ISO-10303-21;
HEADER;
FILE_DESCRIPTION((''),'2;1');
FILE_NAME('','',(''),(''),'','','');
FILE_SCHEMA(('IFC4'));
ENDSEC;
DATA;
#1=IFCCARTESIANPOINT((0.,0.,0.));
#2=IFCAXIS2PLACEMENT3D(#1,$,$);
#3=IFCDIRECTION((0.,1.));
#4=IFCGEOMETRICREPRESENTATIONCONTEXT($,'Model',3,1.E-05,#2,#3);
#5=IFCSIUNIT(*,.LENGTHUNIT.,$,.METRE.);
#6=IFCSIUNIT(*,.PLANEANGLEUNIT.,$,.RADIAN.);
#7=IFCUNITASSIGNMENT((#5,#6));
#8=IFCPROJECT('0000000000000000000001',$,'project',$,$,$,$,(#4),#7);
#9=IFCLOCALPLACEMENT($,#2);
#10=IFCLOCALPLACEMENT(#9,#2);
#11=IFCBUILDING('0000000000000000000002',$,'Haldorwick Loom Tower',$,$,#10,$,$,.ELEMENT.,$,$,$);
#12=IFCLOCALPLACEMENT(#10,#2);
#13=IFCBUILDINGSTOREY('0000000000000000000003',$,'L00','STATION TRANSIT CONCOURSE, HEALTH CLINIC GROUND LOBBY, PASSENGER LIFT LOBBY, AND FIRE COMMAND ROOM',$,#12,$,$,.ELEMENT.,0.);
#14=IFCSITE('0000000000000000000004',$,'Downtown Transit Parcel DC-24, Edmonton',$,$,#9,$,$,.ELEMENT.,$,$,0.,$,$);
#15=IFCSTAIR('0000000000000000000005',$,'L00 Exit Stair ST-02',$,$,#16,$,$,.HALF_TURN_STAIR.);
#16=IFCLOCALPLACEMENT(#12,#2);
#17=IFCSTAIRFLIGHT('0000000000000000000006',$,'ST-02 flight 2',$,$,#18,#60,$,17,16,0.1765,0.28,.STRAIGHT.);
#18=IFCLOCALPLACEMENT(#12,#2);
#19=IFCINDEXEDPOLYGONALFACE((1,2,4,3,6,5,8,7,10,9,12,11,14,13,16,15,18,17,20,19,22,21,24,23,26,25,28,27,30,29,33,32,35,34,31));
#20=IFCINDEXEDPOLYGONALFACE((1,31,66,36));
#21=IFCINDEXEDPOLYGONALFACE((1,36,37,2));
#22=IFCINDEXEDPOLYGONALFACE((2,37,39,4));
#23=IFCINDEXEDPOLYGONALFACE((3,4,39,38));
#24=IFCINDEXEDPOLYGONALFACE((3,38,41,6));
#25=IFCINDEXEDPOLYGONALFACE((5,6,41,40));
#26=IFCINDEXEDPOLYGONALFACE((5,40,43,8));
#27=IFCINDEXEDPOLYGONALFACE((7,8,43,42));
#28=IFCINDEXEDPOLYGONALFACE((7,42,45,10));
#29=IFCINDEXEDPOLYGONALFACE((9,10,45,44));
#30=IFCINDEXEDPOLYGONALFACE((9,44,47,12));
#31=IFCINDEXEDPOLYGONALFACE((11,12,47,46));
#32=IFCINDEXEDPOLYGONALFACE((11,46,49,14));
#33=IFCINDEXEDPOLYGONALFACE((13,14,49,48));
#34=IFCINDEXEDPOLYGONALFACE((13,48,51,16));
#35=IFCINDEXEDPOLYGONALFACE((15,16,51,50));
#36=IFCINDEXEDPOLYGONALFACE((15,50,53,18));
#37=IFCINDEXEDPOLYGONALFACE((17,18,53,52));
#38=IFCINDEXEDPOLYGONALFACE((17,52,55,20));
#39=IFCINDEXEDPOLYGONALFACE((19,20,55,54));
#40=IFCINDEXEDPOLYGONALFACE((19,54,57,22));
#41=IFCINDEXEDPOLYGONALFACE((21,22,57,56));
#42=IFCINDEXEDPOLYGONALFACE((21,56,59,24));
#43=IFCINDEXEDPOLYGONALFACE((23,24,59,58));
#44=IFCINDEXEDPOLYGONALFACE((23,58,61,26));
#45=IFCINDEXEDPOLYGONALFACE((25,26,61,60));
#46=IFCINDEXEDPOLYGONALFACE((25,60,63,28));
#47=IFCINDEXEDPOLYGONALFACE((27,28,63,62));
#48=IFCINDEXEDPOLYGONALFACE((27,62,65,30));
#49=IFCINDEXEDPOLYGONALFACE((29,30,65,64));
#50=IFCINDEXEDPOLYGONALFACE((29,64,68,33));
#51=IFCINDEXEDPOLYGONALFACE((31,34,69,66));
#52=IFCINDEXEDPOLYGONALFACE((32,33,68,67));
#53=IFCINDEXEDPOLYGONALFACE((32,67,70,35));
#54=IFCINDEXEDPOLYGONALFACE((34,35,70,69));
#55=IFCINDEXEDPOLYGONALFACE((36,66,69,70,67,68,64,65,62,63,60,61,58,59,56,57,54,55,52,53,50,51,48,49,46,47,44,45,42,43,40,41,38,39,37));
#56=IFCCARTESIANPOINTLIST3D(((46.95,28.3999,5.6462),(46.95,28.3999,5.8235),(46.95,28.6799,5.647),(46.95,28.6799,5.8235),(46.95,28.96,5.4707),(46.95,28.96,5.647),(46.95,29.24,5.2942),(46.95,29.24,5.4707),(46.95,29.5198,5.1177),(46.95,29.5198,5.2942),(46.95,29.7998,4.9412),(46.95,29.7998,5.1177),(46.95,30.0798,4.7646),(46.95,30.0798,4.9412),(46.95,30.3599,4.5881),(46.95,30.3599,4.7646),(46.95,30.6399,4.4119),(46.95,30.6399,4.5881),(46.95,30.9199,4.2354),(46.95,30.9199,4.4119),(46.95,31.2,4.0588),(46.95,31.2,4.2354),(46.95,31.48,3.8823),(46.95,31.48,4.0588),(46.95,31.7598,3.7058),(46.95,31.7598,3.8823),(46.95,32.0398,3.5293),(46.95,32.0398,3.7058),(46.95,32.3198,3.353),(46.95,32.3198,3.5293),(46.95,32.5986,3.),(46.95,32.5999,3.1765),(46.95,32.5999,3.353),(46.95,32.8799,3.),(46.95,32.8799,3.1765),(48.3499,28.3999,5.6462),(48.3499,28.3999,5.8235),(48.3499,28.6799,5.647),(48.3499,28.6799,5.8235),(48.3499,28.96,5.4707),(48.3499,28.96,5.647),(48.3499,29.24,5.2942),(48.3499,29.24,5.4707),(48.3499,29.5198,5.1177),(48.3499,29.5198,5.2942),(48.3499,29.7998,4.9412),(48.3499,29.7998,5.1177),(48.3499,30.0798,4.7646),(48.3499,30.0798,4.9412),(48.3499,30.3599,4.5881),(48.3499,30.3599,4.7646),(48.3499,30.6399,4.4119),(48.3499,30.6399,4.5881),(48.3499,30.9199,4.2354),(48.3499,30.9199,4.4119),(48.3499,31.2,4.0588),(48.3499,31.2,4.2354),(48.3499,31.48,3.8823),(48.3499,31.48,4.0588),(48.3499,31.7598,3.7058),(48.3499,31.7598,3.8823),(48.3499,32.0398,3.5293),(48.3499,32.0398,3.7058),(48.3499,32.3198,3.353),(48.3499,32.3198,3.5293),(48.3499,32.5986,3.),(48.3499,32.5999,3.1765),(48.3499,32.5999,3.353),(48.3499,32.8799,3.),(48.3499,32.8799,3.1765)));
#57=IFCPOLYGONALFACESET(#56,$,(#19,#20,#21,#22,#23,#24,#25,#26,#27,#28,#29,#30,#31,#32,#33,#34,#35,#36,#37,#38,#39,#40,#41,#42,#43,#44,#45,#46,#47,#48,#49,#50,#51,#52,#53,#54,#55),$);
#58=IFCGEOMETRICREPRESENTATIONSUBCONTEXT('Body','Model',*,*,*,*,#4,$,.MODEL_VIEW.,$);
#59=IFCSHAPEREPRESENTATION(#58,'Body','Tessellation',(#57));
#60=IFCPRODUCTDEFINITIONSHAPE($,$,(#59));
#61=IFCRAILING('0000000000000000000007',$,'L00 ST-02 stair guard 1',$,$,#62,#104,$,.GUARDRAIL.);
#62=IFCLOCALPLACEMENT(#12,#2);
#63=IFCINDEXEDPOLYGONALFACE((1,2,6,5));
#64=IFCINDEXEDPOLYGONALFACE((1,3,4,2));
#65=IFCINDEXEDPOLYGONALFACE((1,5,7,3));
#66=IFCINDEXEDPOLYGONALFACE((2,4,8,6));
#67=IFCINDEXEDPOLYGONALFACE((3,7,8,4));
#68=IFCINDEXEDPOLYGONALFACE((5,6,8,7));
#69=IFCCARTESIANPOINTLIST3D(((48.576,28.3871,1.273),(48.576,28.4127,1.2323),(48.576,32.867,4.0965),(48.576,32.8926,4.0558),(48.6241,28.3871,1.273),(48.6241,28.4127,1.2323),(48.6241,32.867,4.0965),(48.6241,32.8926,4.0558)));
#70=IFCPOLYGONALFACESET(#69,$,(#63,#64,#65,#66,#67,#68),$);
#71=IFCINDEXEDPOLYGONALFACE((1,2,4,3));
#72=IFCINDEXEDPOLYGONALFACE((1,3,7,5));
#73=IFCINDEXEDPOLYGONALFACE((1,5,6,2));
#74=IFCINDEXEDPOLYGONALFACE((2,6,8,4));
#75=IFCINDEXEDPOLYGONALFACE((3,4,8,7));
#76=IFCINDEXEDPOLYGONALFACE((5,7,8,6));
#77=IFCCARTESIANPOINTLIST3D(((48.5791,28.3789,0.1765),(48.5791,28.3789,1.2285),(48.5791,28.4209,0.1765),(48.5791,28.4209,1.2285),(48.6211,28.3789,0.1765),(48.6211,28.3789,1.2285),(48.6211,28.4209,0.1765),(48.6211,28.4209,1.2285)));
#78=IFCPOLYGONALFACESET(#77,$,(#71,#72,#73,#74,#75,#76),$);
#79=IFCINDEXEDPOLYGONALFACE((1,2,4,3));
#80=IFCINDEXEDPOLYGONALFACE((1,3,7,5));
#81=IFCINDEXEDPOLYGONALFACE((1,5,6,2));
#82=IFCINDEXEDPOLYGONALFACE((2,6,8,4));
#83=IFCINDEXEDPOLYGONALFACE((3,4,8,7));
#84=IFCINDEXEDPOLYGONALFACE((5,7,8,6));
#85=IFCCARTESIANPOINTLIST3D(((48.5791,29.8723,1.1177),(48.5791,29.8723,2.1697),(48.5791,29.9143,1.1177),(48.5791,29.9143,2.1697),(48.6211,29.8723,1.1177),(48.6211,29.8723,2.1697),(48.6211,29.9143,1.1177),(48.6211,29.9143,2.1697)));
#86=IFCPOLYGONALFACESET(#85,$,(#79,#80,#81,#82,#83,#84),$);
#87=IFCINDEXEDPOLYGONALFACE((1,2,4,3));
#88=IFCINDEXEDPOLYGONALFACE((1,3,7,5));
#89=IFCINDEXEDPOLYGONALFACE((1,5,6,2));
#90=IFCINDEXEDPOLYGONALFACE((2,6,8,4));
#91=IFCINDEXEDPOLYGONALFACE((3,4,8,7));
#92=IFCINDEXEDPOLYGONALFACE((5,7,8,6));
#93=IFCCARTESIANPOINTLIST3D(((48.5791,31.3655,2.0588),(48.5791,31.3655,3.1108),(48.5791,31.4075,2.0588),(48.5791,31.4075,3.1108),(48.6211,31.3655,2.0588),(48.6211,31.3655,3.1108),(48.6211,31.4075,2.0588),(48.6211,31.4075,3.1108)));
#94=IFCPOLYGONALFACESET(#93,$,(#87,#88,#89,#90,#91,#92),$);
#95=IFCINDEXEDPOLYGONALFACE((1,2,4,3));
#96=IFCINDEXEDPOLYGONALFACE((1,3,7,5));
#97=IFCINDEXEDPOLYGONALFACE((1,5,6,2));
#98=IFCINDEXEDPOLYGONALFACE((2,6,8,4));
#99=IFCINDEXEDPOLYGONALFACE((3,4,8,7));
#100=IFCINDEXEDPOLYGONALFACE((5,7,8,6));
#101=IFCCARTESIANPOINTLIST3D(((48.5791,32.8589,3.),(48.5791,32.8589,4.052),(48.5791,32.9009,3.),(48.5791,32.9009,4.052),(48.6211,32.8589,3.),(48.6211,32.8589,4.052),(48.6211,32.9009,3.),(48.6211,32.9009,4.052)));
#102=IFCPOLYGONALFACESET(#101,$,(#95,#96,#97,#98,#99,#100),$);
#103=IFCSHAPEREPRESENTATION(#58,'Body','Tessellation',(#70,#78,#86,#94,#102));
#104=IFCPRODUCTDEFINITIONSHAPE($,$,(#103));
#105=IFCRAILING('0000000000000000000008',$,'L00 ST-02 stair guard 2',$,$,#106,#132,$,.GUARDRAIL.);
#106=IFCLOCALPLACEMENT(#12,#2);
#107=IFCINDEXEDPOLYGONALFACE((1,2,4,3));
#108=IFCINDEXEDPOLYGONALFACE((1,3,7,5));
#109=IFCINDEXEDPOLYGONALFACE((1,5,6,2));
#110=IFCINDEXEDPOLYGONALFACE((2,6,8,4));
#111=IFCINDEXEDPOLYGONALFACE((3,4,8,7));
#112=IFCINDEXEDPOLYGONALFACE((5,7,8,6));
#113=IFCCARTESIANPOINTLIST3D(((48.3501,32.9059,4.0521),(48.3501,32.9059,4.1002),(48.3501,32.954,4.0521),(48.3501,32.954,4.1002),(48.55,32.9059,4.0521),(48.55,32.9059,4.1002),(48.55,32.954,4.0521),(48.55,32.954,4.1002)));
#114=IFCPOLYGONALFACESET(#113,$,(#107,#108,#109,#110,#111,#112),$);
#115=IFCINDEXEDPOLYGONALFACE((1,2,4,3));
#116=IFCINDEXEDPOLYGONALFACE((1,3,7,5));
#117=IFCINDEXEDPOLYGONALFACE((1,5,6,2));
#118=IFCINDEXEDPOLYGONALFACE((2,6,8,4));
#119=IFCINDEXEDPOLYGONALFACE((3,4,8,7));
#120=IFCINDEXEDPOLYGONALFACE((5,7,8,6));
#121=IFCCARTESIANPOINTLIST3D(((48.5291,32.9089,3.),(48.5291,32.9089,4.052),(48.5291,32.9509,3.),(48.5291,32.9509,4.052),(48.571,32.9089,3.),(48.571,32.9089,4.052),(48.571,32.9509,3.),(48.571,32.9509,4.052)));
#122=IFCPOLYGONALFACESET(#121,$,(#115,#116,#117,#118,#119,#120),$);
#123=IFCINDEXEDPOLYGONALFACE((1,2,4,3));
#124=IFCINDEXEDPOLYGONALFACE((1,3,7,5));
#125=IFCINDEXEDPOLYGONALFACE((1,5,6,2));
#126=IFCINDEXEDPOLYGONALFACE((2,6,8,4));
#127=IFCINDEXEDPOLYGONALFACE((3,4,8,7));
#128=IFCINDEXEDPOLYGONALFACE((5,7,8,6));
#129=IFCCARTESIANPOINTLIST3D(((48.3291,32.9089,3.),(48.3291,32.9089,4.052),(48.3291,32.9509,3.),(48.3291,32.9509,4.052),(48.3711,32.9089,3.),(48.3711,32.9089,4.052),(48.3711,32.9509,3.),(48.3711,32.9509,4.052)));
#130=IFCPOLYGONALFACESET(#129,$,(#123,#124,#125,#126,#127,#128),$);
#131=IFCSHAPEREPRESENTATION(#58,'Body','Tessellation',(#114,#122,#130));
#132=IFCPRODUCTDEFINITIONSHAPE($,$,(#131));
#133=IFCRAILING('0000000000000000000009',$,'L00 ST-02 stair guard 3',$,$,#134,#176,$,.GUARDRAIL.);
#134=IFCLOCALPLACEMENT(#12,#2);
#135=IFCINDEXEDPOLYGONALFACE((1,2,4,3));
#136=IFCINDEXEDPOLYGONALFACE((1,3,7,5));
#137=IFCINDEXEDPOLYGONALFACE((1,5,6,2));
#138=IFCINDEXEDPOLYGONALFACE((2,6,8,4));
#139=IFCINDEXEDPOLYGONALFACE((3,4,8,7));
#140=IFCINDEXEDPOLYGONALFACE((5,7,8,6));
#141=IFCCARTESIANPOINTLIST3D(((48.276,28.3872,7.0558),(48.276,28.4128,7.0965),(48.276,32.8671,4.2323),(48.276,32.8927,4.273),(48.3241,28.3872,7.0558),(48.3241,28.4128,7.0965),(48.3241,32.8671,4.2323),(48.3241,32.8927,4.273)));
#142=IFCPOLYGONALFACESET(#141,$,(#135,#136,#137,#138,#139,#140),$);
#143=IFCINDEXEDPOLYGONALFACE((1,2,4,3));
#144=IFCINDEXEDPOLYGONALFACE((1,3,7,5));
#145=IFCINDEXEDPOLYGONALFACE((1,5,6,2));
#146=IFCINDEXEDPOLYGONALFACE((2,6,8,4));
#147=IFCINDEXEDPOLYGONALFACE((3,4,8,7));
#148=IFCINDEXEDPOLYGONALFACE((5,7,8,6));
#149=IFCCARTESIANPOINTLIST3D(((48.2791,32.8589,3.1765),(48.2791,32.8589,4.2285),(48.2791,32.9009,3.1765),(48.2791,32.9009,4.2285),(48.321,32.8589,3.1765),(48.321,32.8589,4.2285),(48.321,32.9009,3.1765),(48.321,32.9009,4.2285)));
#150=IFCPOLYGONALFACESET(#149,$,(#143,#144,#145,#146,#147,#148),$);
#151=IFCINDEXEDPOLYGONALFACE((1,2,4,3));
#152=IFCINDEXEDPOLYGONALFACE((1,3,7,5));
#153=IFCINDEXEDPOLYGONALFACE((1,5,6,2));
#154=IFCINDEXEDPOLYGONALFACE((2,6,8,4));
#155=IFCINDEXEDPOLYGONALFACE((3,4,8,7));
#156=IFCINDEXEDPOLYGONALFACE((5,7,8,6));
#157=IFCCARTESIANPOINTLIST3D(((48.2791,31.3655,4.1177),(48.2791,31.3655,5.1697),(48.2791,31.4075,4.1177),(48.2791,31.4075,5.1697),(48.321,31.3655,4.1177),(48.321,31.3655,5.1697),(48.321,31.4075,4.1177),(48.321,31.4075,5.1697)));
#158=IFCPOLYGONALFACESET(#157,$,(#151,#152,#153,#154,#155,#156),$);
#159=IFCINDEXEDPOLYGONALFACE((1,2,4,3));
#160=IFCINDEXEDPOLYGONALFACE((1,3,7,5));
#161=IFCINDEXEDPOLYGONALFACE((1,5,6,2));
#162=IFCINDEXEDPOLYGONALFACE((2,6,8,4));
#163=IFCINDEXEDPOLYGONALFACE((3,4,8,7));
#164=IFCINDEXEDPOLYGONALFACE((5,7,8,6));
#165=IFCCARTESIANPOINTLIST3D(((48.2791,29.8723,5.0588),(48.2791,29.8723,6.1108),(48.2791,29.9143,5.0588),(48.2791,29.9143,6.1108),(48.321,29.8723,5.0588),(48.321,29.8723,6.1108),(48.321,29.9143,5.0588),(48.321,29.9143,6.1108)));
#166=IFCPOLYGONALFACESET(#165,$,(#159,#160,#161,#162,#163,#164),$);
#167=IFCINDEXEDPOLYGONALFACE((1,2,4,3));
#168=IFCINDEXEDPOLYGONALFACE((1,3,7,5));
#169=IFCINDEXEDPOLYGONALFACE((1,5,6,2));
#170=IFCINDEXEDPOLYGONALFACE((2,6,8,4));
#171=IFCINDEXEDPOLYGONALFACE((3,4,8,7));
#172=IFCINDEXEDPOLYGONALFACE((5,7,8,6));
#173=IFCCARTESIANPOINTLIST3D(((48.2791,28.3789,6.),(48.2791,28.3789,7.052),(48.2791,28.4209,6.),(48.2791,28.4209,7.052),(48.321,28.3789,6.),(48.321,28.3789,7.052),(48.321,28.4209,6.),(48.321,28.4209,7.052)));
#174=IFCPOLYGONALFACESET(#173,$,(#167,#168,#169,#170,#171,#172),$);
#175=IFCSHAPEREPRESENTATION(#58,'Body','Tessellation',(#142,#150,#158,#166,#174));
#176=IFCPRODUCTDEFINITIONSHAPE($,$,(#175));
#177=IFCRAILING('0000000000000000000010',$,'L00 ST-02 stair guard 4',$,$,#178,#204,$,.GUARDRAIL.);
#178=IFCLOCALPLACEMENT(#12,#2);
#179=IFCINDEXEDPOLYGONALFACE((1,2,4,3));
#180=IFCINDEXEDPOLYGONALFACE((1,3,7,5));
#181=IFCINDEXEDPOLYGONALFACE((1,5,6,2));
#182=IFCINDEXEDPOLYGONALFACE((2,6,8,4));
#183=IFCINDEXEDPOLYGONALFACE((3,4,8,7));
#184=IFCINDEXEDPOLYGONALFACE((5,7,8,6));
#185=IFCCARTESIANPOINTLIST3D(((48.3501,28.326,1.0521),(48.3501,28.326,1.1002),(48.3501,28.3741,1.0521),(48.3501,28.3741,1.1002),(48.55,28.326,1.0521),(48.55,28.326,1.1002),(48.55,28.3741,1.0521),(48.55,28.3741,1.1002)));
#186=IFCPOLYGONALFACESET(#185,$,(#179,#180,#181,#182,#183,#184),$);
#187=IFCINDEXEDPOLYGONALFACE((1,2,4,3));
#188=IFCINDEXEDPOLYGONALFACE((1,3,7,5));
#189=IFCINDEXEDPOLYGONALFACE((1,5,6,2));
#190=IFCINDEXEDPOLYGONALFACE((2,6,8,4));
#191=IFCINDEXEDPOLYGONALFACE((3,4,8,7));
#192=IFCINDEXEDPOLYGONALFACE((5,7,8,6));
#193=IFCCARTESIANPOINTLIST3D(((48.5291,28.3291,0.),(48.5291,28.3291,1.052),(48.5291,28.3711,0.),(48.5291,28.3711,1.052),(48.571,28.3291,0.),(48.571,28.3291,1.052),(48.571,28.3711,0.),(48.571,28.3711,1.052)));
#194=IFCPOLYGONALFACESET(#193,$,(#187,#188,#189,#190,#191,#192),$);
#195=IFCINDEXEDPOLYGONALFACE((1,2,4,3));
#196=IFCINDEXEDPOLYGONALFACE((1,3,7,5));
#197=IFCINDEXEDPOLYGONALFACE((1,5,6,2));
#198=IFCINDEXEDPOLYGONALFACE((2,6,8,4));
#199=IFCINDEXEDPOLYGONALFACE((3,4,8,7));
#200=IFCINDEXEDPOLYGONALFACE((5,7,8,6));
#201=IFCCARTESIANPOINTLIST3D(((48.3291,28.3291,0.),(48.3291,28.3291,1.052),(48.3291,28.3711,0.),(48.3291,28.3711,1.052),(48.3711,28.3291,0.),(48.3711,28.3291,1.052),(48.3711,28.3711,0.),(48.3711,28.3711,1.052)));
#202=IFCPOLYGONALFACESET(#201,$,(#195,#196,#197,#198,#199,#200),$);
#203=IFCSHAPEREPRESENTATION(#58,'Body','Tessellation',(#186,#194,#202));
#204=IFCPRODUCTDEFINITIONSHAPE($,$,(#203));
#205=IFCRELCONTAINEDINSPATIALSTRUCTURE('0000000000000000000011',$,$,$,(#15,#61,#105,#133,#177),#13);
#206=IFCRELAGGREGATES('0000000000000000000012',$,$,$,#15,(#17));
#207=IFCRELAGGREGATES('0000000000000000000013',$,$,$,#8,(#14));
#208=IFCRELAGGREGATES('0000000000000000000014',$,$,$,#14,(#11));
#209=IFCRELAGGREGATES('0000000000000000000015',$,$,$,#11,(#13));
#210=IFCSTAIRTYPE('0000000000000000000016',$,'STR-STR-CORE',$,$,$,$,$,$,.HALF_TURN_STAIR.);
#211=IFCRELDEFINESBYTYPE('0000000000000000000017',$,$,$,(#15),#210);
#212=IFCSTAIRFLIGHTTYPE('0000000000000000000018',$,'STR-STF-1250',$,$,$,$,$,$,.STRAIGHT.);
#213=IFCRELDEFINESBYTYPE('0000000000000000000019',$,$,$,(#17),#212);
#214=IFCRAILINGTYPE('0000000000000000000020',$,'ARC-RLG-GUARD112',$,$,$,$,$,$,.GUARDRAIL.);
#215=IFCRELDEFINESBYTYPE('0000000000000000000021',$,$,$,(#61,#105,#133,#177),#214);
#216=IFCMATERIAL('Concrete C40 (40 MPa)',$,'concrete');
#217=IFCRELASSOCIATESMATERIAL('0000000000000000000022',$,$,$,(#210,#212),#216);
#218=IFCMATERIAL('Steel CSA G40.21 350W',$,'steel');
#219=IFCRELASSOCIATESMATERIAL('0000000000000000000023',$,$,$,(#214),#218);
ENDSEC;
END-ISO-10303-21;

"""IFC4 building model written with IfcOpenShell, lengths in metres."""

from ifc_helpers import new_model, si_unit, direction, frame, origin, origin_2d, place, context, subcontext, project, spatial, polyline, rectangle, outline, extrude, material, type_object, element, aggregate, save


model = new_model("IFC4")

# Units and contexts
model_context = context("Model", 3, precision=1e-05, world=origin(), true_north=direction((0.0, 1.0)))
body_context = subcontext(model_context, "Body", "Model", "MODEL_VIEW")
ifc_project = project(units=[si_unit("LENGTHUNIT", "METRE"), si_unit("PLANEANGLEUNIT", "RADIAN")], contexts=[model_context])

# Site, building, storey
site_placement = place(None, origin())
site = spatial("IfcSite", under=ifc_project, at=site_placement, Name="Downtown Transit Parcel DC-24, Edmonton", CompositionType="ELEMENT", RefElevation=0.0)
building_placement = place(site_placement, origin())
building = spatial("IfcBuilding", under=site, at=building_placement, Name="Haldorwick Loom Tower", CompositionType="ELEMENT")
storey_placement = place(building_placement, origin())
storey = spatial("IfcBuildingStorey", under=building, at=storey_placement, Name="L00", Description="STATION TRANSIT CONCOURSE, HEALTH CLINIC GROUND LOBBY, PASSENGER LIFT LOBBY, AND FIRE COMMAND ROOM", CompositionType="ELEMENT", Elevation=0.0)

# Shared definitions
ifc_material_1 = material(Name="Steel CSA G40.21 350W", Category="steel")

# Stair, stair flight
ifc_material_2 = material(Name="Concrete C40 (40 MPa)", Category="concrete")
stair_type = type_object("IfcStairType", Name="STR-STR-CORE", PredefinedType="HALF_TURN_STAIR", material=ifc_material_2)
stair_placement = place(storey_placement, origin())
stair = element("IfcStair", 1, at=stair_placement, inside=storey, type_object=stair_type, Name="L00 Exit Stair ST-02", PredefinedType="HALF_TURN_STAIR")
stair_flight_type = type_object("IfcStairFlightType", Name="STR-STF-1250", PredefinedType="STRAIGHT", material=ifc_material_2)
stair_flight_1_placement = place(storey_placement, frame((47.6499, 32.8799, 3.0), z_axis=(0.0, 0.0, 1.0), x_axis=(0.0, -1.0, 0.0)))
stair_flight_1 = element("IfcStairFlight", 2, at=stair_flight_1_placement, type_object=stair_flight_type, Name="ST-02 flight 2", NumberOfRisers=17, NumberOfTreads=16, PredefinedType="STRAIGHT", RiserHeight=0.1765, TreadLength=0.28, context=body_context, shape_type="SweptSolid", body=[
    extrude(outline(polyline([(0.0, 0.0), (0.0, 0.1765), (0.28, 0.1765), (0.28, 0.353), (0.5601, 0.353), (0.5601, 0.5293), (0.8401, 0.5293), (0.8401, 0.7058), (1.1201, 0.7058), (1.1201, 0.8823), (1.3999, 0.8823), (1.3999, 1.0588), (1.6799, 1.0588), (1.6799, 1.2354), (1.96, 1.2354), (1.96, 1.4119), (2.24, 1.4119), (2.24, 1.5881), (2.52, 1.5881), (2.52, 1.7646), (2.8, 1.7646), (2.8, 1.9412), (3.0801, 1.9412), (3.0801, 2.1177), (3.3601, 2.1177), (3.3601, 2.2942), (3.6399, 2.2942), (3.6399, 2.4707), (3.9199, 2.4707), (3.9199, 2.647), (4.2, 2.647), (4.2, 2.8235), (4.48, 2.8235), (4.48, 3.0), (4.48, 2.6462), (0.2812, 0.0), (0.0, 0.0)])), frame((0.0, 0.7, 0.0), z_axis=(0.0, -1.0, 0.0), x_axis=(1.0, 0.0, 0.0)), (0.0, 0.0, 1.0), 1.3999),
])
aggregate(stair, [stair_flight_1])

# Railings
railing_type_1 = type_object("IfcRailingType", Name="ARC-RLG-GUARD112", PredefinedType="GUARDRAIL", material=ifc_material_1)
railing_1_placement = place(storey_placement, frame((48.6001, 28.3999, 0.1765)))
element("IfcRailing", 3, at=railing_1_placement, inside=storey, type_object=railing_type_1, Name="L00 ST-02 stair guard 1", PredefinedType="GUARDRAIL", context=body_context, shape_type="SweptSolid", body=[
    extrude(rectangle(XDim=0.0481, YDim=0.0481, at=origin_2d()), frame((0.0, 0.0, 1.0762), z_axis=(0.0, 0.845998, 0.533186), x_axis=(-1.0, 0.0, 0.0)), (0.0, 0.0, 1.0), 5.2954),
    extrude(rectangle(XDim=0.042, YDim=0.042, at=origin_2d()), origin(), (0.0, 0.0, 1.0), 1.052),
    extrude(rectangle(XDim=0.042, YDim=0.042, at=origin_2d()), frame((0.0, 1.4934, 0.9412)), (0.0, 0.0, 1.0), 1.052),
    extrude(rectangle(XDim=0.042, YDim=0.042, at=origin_2d()), frame((0.0, 2.9866, 1.8823)), (0.0, 0.0, 1.0), 1.052),
    extrude(rectangle(XDim=0.042, YDim=0.042, at=origin_2d()), frame((0.0, 4.48, 2.8235)), (0.0, 0.0, 1.0), 1.052),
])
railing_2_placement = place(storey_placement, frame((48.55, 32.9299, 3.0)))
element("IfcRailing", 4, at=railing_2_placement, inside=storey, type_object=railing_type_1, Name="L00 ST-02 stair guard 2", PredefinedType="GUARDRAIL", context=body_context, shape_type="SweptSolid", body=[
    extrude(rectangle(XDim=0.0481, YDim=0.0481, at=origin_2d()), frame((0.0, 0.0, 1.0762), z_axis=(-1.0, 0.0, 0.0), x_axis=(0.0, -1.0, 0.0)), (0.0, 0.0, 1.0), 0.2),
    extrude(rectangle(XDim=0.042, YDim=0.042, at=origin_2d()), origin(), (0.0, 0.0, 1.0), 1.052),
    extrude(rectangle(XDim=0.042, YDim=0.042, at=origin_2d()), frame((-0.2, 0.0, 0.0)), (0.0, 0.0, 1.0), 1.052),
])
railing_3_placement = place(storey_placement, frame((48.3, 32.8799, 3.1765)))
element("IfcRailing", 5, at=railing_3_placement, inside=storey, type_object=railing_type_1, Name="L00 ST-02 stair guard 3", PredefinedType="GUARDRAIL", context=body_context, shape_type="SweptSolid", body=[
    extrude(rectangle(XDim=0.0481, YDim=0.0481, at=origin_2d()), frame((0.0, 0.0, 1.0762), z_axis=(0.0, -0.845998, 0.533186), x_axis=(1.0, 0.0, 0.0)), (0.0, 0.0, 1.0), 5.2954),
    extrude(rectangle(XDim=0.042, YDim=0.042, at=origin_2d()), origin(), (0.0, 0.0, 1.0), 1.052),
    extrude(rectangle(XDim=0.042, YDim=0.042, at=origin_2d()), frame((0.0, -1.4934, 0.9412)), (0.0, 0.0, 1.0), 1.052),
    extrude(rectangle(XDim=0.042, YDim=0.042, at=origin_2d()), frame((0.0, -2.9866, 1.8823)), (0.0, 0.0, 1.0), 1.052),
    extrude(rectangle(XDim=0.042, YDim=0.042, at=origin_2d()), frame((0.0, -4.48, 2.8235)), (0.0, 0.0, 1.0), 1.052),
])
railing_4_placement = place(storey_placement, frame((48.55, 28.3501, 0.0)))
element("IfcRailing", 6, at=railing_4_placement, inside=storey, type_object=railing_type_1, Name="L00 ST-02 stair guard 4", PredefinedType="GUARDRAIL", context=body_context, shape_type="SweptSolid", body=[
    extrude(rectangle(XDim=0.0481, YDim=0.0481, at=origin_2d()), frame((0.0, 0.0, 1.0762), z_axis=(-1.0, 0.0, 0.0), x_axis=(0.0, -1.0, 0.0)), (0.0, 0.0, 1.0), 0.2),
    extrude(rectangle(XDim=0.042, YDim=0.042, at=origin_2d()), origin(), (0.0, 0.0, 1.0), 1.052),
    extrude(rectangle(XDim=0.042, YDim=0.042, at=origin_2d()), frame((-0.2, 0.0, 0.0)), (0.0, 0.0, 1.0), 1.052),
])

save(model, "model.ifc")
